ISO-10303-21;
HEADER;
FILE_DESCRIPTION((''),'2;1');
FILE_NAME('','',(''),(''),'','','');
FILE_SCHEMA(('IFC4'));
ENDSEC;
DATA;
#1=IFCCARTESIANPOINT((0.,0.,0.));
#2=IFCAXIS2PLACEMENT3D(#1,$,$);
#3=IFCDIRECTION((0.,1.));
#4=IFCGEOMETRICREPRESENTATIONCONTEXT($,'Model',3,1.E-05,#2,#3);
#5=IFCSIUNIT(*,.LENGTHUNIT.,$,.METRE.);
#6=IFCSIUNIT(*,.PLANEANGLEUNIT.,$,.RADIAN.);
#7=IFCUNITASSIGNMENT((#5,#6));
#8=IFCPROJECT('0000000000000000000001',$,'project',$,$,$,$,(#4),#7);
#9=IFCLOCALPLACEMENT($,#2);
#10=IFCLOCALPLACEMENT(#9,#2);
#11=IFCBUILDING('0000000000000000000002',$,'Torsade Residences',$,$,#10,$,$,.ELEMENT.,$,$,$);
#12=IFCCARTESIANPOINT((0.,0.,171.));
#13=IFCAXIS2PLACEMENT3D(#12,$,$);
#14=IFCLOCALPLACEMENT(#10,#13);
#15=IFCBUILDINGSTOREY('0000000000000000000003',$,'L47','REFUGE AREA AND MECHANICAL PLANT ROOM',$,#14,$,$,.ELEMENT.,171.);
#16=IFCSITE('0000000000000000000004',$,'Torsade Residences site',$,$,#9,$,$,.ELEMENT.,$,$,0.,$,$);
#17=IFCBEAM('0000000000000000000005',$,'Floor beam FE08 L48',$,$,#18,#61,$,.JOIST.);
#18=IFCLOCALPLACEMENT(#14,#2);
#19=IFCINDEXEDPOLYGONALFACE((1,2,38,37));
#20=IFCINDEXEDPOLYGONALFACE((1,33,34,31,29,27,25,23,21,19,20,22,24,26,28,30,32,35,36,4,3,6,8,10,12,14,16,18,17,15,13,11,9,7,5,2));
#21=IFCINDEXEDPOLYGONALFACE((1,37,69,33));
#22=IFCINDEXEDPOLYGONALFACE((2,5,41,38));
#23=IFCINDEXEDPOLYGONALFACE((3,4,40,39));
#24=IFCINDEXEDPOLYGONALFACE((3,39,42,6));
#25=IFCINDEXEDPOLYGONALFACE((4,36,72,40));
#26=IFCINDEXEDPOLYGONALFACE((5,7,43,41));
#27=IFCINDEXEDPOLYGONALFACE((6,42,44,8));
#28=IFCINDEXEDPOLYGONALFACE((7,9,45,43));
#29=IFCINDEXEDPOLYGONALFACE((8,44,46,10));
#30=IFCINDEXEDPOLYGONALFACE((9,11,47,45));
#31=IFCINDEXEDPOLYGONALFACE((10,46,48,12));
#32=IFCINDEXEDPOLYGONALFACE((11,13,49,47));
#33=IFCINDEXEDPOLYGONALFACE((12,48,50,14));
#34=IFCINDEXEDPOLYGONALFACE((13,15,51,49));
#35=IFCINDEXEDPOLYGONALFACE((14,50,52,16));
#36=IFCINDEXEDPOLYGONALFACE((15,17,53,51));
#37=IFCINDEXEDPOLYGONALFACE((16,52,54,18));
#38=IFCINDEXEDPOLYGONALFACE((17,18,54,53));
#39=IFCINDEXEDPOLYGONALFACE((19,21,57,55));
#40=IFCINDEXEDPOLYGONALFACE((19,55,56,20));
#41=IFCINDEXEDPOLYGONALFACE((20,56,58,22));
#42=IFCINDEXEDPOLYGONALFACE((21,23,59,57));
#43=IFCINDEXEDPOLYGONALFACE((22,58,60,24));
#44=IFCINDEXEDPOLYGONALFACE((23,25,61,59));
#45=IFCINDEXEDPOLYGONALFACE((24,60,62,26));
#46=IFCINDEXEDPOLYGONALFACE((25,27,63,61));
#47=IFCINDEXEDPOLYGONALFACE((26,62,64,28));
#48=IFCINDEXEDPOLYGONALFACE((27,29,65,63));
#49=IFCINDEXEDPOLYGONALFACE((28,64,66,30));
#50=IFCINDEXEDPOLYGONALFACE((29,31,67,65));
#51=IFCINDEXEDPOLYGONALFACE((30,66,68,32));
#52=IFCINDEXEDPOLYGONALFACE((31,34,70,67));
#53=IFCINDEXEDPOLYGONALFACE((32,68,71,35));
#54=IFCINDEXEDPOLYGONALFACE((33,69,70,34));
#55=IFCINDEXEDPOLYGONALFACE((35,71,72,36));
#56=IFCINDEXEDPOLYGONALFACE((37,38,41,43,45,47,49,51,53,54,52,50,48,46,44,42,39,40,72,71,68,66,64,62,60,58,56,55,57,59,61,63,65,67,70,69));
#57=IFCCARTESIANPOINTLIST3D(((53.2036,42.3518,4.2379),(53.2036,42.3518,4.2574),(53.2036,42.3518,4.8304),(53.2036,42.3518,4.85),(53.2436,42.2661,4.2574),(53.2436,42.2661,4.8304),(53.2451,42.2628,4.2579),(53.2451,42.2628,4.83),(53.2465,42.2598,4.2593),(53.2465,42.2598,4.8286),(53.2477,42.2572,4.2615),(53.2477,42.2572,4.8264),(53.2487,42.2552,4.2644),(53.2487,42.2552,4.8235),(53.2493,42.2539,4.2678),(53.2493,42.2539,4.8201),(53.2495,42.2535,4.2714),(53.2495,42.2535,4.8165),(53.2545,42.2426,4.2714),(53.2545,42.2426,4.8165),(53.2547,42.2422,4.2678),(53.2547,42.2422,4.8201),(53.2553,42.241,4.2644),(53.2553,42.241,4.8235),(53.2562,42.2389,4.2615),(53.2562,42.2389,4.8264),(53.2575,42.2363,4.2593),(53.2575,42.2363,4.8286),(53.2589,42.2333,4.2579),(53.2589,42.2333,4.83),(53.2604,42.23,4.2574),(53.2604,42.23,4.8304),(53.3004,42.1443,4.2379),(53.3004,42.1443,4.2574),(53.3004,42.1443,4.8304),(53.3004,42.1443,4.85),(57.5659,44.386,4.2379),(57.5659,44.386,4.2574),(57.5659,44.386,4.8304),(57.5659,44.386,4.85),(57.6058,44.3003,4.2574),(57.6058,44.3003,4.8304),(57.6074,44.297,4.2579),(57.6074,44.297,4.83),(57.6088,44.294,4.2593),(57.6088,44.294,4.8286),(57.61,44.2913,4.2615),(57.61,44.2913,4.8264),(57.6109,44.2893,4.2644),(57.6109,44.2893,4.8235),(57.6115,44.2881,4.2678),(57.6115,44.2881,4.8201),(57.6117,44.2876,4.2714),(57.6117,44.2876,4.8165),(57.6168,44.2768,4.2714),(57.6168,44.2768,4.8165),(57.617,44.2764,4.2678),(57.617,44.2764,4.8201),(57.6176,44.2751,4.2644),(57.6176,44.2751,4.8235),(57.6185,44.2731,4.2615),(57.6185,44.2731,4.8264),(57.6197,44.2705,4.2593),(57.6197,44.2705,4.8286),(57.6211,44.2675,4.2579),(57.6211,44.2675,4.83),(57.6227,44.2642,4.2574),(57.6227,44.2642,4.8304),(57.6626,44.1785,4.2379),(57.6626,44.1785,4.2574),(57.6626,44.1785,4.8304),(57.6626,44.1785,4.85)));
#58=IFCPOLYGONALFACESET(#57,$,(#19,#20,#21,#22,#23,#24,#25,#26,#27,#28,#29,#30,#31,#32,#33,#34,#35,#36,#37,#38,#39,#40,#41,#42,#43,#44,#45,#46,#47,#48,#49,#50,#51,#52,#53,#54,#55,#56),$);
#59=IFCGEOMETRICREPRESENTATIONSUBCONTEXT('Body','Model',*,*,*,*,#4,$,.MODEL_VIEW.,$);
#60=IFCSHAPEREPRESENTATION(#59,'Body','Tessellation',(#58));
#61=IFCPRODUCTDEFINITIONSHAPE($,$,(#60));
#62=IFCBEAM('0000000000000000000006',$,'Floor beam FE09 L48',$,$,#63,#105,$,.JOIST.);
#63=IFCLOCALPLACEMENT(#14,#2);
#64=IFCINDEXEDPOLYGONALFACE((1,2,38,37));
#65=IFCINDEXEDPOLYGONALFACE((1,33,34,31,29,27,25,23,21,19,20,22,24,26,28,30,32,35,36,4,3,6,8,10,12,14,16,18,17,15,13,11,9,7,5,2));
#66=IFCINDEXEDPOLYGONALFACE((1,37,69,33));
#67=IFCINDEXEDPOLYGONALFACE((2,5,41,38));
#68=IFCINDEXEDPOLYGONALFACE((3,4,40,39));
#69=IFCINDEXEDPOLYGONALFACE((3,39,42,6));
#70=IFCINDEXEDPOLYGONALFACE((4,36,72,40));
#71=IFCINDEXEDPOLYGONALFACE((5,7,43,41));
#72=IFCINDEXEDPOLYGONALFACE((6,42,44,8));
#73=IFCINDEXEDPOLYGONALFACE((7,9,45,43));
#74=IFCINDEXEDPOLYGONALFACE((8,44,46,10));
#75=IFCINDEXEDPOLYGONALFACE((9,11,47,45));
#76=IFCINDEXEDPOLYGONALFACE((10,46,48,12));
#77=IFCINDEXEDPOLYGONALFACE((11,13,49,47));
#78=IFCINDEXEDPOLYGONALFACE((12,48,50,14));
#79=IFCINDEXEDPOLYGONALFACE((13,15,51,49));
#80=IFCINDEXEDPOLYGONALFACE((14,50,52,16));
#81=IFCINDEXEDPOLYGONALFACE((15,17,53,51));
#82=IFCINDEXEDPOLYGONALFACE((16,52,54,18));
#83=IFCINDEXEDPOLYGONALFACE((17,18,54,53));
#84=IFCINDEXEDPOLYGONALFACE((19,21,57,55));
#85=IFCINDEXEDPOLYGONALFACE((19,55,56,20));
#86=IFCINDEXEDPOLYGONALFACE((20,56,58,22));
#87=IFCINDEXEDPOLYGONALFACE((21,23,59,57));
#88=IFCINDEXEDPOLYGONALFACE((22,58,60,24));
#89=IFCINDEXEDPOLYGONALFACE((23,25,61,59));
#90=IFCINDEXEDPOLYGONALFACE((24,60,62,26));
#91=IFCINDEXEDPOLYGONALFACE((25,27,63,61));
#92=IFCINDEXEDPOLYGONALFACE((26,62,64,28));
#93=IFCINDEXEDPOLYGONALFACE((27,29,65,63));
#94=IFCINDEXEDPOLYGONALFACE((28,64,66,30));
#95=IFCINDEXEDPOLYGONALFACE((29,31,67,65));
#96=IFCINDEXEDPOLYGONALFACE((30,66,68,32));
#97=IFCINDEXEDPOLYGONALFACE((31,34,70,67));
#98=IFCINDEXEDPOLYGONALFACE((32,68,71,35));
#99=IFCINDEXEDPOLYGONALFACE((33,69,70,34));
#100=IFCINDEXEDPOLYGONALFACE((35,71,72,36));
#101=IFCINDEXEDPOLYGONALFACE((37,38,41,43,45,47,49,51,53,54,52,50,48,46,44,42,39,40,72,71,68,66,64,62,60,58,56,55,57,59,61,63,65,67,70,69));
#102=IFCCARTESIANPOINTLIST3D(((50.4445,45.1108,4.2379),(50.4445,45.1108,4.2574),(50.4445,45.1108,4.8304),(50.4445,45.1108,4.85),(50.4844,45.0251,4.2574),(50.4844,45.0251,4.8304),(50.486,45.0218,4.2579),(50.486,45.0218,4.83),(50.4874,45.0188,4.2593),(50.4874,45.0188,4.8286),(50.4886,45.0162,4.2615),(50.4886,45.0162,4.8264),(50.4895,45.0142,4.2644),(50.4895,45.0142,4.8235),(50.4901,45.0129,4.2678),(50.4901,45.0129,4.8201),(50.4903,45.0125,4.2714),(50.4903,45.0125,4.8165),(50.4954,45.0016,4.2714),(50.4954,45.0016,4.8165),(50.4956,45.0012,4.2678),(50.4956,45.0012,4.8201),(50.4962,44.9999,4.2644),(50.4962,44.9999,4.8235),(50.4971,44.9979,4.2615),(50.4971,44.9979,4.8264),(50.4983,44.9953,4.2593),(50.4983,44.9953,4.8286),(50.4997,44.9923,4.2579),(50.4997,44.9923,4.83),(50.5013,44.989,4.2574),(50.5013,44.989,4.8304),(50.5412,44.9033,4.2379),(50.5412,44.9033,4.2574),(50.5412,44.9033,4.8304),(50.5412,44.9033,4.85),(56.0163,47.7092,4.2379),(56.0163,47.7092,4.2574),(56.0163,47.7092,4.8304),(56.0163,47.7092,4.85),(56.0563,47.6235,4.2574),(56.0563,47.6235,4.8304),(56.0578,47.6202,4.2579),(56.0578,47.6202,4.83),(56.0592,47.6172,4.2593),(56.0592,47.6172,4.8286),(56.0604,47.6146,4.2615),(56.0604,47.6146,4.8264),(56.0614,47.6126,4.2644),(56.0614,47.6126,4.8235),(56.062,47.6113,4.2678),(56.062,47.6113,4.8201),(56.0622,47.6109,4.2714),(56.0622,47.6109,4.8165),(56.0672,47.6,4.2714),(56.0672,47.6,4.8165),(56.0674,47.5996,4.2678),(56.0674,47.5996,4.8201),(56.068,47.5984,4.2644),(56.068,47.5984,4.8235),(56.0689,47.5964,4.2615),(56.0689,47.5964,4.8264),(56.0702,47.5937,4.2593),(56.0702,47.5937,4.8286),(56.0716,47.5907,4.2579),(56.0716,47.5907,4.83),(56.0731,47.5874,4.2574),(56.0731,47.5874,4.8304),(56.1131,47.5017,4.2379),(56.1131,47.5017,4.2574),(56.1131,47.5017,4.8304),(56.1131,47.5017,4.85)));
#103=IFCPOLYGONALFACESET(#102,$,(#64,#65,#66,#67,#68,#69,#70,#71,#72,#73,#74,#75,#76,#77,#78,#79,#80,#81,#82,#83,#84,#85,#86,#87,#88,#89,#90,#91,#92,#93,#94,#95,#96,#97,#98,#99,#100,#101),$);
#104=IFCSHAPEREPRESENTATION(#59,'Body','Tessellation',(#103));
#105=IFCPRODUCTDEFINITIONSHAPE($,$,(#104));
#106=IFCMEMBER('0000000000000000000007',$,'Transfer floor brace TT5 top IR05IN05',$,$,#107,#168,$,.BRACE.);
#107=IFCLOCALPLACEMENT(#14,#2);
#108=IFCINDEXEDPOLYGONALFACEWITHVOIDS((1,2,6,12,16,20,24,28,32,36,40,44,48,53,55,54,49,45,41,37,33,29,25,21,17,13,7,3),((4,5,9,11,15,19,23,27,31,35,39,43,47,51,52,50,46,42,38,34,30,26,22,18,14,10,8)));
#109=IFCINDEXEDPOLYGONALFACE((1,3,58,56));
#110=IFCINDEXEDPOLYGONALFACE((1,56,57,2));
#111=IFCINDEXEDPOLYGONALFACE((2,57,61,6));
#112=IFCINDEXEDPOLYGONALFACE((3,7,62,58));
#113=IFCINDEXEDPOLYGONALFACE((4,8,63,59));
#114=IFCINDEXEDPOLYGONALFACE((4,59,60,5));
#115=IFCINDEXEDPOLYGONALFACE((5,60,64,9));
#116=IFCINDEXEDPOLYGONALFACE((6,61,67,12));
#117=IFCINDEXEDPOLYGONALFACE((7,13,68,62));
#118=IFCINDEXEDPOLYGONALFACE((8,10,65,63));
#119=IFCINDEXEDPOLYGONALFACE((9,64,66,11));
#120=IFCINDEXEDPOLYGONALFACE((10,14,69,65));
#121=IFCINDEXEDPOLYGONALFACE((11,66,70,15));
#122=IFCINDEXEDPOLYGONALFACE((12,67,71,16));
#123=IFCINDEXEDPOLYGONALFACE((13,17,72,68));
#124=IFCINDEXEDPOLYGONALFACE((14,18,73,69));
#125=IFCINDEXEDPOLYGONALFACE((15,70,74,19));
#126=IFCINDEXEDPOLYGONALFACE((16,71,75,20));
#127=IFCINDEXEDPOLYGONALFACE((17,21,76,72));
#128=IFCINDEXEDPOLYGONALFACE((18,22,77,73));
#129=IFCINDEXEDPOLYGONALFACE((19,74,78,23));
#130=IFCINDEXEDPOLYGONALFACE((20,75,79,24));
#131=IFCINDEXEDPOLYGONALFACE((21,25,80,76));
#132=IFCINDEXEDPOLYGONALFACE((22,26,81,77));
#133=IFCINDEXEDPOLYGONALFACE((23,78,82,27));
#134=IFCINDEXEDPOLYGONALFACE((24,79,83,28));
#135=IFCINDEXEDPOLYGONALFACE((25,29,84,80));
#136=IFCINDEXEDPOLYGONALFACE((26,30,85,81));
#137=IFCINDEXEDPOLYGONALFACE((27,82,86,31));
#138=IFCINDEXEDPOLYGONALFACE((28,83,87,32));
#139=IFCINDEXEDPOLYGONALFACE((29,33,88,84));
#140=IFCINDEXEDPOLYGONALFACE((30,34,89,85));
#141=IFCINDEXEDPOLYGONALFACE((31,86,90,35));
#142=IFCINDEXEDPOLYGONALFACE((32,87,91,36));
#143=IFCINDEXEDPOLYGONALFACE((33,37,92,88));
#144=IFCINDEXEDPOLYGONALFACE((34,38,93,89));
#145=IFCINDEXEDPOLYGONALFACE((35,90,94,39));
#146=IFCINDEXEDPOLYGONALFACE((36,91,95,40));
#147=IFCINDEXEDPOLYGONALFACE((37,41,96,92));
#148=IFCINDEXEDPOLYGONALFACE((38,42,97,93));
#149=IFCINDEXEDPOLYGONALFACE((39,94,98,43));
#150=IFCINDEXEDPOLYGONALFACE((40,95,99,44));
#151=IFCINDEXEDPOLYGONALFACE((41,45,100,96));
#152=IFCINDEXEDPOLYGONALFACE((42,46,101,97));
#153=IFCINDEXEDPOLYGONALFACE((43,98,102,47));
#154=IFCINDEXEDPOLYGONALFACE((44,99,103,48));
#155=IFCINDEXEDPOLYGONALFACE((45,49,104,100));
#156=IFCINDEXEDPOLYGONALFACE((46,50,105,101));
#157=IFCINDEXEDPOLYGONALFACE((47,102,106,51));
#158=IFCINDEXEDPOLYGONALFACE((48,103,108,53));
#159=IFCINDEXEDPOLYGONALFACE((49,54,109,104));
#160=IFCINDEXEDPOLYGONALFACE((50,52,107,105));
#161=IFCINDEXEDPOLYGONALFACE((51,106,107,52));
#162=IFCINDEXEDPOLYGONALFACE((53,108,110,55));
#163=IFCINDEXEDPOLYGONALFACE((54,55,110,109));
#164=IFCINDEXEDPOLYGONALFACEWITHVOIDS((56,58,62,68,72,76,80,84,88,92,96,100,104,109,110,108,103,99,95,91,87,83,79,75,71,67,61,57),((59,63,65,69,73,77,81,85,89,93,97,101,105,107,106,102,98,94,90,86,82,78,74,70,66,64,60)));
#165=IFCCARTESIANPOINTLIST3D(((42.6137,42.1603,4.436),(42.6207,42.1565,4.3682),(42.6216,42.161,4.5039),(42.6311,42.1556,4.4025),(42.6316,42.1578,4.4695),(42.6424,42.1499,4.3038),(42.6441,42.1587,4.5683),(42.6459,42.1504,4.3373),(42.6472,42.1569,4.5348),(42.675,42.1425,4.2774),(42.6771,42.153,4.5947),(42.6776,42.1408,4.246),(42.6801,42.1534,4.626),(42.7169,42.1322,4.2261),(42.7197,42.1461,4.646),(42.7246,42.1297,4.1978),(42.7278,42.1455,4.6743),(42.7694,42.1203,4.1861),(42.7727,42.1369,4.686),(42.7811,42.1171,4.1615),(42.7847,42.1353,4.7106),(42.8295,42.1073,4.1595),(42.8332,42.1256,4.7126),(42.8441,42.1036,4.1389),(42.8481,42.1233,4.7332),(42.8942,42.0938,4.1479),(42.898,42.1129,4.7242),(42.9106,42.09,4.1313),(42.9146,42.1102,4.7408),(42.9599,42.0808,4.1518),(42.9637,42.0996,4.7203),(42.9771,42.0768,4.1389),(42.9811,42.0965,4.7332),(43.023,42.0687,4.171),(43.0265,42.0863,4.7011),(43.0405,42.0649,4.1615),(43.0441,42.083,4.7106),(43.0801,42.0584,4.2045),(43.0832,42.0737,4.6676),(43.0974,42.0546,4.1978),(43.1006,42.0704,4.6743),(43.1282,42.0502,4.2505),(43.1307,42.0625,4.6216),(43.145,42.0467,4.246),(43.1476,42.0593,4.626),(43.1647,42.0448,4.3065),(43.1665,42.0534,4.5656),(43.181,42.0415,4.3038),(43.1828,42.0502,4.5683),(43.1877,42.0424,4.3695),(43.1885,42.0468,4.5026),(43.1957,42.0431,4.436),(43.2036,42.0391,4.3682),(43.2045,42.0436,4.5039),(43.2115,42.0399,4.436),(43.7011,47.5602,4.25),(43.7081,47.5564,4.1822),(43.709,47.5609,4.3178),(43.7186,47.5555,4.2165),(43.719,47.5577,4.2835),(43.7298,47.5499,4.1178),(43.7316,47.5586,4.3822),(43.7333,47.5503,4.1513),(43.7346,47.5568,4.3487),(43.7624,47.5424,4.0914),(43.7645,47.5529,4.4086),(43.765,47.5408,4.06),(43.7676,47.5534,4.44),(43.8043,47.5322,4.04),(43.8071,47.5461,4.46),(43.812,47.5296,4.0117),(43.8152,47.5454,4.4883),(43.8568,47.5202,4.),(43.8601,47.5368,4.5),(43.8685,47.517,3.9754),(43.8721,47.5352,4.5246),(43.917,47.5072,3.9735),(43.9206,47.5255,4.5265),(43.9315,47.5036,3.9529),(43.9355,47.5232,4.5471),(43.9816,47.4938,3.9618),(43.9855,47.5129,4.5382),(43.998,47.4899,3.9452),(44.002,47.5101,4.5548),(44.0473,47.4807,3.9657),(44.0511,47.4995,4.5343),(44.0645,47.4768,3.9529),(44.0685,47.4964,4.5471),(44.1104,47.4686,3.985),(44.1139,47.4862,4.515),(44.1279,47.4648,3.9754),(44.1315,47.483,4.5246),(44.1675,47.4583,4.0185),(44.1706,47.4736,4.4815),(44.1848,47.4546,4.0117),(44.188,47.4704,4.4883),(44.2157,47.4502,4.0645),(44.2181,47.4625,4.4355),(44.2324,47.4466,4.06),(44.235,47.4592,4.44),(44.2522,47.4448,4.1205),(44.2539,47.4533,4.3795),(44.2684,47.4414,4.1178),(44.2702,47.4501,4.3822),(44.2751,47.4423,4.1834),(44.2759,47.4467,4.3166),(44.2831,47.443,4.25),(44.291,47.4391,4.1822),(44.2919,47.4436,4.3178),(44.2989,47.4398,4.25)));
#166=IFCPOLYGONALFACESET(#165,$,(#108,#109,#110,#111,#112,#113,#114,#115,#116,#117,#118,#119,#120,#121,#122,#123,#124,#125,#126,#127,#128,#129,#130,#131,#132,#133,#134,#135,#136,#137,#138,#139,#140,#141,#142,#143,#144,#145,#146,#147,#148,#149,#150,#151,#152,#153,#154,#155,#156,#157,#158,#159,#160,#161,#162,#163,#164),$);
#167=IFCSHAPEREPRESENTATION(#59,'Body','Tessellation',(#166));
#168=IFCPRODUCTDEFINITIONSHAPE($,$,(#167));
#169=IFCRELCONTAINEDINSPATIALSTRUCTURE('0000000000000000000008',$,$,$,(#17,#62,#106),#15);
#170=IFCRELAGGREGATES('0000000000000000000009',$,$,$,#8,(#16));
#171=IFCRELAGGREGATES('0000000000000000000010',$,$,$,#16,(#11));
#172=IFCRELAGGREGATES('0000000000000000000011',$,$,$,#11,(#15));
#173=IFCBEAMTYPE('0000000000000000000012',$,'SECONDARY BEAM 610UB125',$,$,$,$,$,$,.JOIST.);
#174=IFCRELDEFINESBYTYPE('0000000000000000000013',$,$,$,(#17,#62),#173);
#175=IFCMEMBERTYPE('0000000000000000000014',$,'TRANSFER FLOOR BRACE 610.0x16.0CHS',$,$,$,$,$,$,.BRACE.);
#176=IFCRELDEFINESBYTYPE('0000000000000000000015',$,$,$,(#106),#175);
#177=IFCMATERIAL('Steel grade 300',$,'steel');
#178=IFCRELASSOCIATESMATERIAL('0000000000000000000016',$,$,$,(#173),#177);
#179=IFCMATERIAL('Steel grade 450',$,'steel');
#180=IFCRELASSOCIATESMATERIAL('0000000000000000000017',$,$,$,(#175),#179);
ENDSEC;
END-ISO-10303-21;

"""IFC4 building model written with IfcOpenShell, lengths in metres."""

from ifc_helpers import new_model, si_unit, direction, frame, origin, origin_2d, place, context, subcontext, project, spatial, hollow_circle, i_section, extrude, material, material_profile, profile_set, type_object, element, save


model = new_model("IFC4")

# Units and contexts
model_context = context("Model", 3, precision=1e-05, world=origin(), true_north=direction((0.0, 1.0)))
body_context = subcontext(model_context, "Body", "Model", "MODEL_VIEW")
ifc_project = project(units=[si_unit("LENGTHUNIT", "METRE"), si_unit("PLANEANGLEUNIT", "RADIAN")], contexts=[model_context])

# Site, building, storey
site_placement = place(None, origin())
site = spatial("IfcSite", under=ifc_project, at=site_placement, Name="Torsade Residences site", CompositionType="ELEMENT", RefElevation=0.0)
building_placement = place(site_placement, origin())
building = spatial("IfcBuilding", under=site, at=building_placement, Name="Torsade Residences", CompositionType="ELEMENT")
storey_placement = place(building_placement, frame((0.0, 0.0, 171.0)))
storey = spatial("IfcBuildingStorey", under=building, at=storey_placement, Name="L47", Description="REFUGE AREA AND MECHANICAL PLANT ROOM", CompositionType="ELEMENT", Elevation=171.0)

# Beams
ifc_material_1 = material(Name="Steel grade 300", Category="steel")
ifc_material_profile_1 = material_profile(ifc_material_1, i_section(OverallWidth=0.229, OverallDepth=0.6121, WebThickness=0.012, FlangeThickness=0.0195, FilletRadius=0.0139, at=origin_2d()), Name="610UB125")
ifc_profile_set_1 = profile_set([ifc_material_profile_1], Name="Steel grade 300")
beam_type_1 = type_object("IfcBeamType", Name="SECONDARY BEAM 610UB125", PredefinedType="JOIST", material=ifc_profile_set_1)
beam_1_placement = place(storey_placement, frame((57.6143, 44.2822, 4.5439), z_axis=(-0.906308, -0.422619, 0.0), x_axis=(0.422619, -0.906308, 0.0)))
element("IfcBeam", 1, at=beam_1_placement, inside=storey, type_object=beam_type_1, Name="Floor beam FE08 L48", PredefinedType="JOIST", context=body_context, shape_type="SweptSolid", body=[
    extrude(i_section(OverallWidth=0.229, OverallDepth=0.6121, WebThickness=0.012, FlangeThickness=0.0195, FilletRadius=0.0139, at=origin_2d()), origin(), (0.0, 0.0, 1.0), 4.8132),
])
beam_2_placement = place(storey_placement, frame((56.0647, 47.6055, 4.5439), z_axis=(-0.906294, -0.422648, 0.0), x_axis=(0.422648, -0.906294, 0.0)))
element("IfcBeam", 2, at=beam_2_placement, inside=storey, type_object=beam_type_1, Name="Floor beam FE09 L48", PredefinedType="JOIST", context=body_context, shape_type="SweptSolid", body=[
    extrude(i_section(OverallWidth=0.229, OverallDepth=0.6121, WebThickness=0.012, FlangeThickness=0.0195, FilletRadius=0.0139, at=origin_2d()), origin(), (0.0, 0.0, 1.0), 6.1479),
])

# Member
ifc_material_2 = material(Name="Steel grade 450", Category="steel")
ifc_material_profile_2 = material_profile(ifc_material_2, hollow_circle(Radius=0.3049, WallThickness=0.0161, at=origin_2d()), Name="610.0x16.0CHS")
ifc_profile_set_2 = profile_set([ifc_material_profile_2], Name="Steel grade 450")
member_type_1 = type_object("IfcMemberType", Name="TRANSFER FLOOR BRACE 610.0x16.0CHS", PredefinedType="BRACE", material=ifc_profile_set_2)
member_1_placement = place(storey_placement, frame((44.0, 47.5, 4.25), z_axis=(-0.197299, -0.979762, 0.033754), x_axis=(0.980321, -0.197412, 0.0)))
element("IfcMember", 3, at=member_1_placement, inside=storey, type_object=member_type_1, Name="Transfer floor brace TT5 top IR05IN05", PredefinedType="BRACE", context=body_context, shape_type="SweptSolid", body=[
    extrude(hollow_circle(Radius=0.3049, WallThickness=0.0161, at=origin_2d()), origin(), (0.0, 0.0, 1.0), 5.5115),
])

save(model, "model.ifc")
